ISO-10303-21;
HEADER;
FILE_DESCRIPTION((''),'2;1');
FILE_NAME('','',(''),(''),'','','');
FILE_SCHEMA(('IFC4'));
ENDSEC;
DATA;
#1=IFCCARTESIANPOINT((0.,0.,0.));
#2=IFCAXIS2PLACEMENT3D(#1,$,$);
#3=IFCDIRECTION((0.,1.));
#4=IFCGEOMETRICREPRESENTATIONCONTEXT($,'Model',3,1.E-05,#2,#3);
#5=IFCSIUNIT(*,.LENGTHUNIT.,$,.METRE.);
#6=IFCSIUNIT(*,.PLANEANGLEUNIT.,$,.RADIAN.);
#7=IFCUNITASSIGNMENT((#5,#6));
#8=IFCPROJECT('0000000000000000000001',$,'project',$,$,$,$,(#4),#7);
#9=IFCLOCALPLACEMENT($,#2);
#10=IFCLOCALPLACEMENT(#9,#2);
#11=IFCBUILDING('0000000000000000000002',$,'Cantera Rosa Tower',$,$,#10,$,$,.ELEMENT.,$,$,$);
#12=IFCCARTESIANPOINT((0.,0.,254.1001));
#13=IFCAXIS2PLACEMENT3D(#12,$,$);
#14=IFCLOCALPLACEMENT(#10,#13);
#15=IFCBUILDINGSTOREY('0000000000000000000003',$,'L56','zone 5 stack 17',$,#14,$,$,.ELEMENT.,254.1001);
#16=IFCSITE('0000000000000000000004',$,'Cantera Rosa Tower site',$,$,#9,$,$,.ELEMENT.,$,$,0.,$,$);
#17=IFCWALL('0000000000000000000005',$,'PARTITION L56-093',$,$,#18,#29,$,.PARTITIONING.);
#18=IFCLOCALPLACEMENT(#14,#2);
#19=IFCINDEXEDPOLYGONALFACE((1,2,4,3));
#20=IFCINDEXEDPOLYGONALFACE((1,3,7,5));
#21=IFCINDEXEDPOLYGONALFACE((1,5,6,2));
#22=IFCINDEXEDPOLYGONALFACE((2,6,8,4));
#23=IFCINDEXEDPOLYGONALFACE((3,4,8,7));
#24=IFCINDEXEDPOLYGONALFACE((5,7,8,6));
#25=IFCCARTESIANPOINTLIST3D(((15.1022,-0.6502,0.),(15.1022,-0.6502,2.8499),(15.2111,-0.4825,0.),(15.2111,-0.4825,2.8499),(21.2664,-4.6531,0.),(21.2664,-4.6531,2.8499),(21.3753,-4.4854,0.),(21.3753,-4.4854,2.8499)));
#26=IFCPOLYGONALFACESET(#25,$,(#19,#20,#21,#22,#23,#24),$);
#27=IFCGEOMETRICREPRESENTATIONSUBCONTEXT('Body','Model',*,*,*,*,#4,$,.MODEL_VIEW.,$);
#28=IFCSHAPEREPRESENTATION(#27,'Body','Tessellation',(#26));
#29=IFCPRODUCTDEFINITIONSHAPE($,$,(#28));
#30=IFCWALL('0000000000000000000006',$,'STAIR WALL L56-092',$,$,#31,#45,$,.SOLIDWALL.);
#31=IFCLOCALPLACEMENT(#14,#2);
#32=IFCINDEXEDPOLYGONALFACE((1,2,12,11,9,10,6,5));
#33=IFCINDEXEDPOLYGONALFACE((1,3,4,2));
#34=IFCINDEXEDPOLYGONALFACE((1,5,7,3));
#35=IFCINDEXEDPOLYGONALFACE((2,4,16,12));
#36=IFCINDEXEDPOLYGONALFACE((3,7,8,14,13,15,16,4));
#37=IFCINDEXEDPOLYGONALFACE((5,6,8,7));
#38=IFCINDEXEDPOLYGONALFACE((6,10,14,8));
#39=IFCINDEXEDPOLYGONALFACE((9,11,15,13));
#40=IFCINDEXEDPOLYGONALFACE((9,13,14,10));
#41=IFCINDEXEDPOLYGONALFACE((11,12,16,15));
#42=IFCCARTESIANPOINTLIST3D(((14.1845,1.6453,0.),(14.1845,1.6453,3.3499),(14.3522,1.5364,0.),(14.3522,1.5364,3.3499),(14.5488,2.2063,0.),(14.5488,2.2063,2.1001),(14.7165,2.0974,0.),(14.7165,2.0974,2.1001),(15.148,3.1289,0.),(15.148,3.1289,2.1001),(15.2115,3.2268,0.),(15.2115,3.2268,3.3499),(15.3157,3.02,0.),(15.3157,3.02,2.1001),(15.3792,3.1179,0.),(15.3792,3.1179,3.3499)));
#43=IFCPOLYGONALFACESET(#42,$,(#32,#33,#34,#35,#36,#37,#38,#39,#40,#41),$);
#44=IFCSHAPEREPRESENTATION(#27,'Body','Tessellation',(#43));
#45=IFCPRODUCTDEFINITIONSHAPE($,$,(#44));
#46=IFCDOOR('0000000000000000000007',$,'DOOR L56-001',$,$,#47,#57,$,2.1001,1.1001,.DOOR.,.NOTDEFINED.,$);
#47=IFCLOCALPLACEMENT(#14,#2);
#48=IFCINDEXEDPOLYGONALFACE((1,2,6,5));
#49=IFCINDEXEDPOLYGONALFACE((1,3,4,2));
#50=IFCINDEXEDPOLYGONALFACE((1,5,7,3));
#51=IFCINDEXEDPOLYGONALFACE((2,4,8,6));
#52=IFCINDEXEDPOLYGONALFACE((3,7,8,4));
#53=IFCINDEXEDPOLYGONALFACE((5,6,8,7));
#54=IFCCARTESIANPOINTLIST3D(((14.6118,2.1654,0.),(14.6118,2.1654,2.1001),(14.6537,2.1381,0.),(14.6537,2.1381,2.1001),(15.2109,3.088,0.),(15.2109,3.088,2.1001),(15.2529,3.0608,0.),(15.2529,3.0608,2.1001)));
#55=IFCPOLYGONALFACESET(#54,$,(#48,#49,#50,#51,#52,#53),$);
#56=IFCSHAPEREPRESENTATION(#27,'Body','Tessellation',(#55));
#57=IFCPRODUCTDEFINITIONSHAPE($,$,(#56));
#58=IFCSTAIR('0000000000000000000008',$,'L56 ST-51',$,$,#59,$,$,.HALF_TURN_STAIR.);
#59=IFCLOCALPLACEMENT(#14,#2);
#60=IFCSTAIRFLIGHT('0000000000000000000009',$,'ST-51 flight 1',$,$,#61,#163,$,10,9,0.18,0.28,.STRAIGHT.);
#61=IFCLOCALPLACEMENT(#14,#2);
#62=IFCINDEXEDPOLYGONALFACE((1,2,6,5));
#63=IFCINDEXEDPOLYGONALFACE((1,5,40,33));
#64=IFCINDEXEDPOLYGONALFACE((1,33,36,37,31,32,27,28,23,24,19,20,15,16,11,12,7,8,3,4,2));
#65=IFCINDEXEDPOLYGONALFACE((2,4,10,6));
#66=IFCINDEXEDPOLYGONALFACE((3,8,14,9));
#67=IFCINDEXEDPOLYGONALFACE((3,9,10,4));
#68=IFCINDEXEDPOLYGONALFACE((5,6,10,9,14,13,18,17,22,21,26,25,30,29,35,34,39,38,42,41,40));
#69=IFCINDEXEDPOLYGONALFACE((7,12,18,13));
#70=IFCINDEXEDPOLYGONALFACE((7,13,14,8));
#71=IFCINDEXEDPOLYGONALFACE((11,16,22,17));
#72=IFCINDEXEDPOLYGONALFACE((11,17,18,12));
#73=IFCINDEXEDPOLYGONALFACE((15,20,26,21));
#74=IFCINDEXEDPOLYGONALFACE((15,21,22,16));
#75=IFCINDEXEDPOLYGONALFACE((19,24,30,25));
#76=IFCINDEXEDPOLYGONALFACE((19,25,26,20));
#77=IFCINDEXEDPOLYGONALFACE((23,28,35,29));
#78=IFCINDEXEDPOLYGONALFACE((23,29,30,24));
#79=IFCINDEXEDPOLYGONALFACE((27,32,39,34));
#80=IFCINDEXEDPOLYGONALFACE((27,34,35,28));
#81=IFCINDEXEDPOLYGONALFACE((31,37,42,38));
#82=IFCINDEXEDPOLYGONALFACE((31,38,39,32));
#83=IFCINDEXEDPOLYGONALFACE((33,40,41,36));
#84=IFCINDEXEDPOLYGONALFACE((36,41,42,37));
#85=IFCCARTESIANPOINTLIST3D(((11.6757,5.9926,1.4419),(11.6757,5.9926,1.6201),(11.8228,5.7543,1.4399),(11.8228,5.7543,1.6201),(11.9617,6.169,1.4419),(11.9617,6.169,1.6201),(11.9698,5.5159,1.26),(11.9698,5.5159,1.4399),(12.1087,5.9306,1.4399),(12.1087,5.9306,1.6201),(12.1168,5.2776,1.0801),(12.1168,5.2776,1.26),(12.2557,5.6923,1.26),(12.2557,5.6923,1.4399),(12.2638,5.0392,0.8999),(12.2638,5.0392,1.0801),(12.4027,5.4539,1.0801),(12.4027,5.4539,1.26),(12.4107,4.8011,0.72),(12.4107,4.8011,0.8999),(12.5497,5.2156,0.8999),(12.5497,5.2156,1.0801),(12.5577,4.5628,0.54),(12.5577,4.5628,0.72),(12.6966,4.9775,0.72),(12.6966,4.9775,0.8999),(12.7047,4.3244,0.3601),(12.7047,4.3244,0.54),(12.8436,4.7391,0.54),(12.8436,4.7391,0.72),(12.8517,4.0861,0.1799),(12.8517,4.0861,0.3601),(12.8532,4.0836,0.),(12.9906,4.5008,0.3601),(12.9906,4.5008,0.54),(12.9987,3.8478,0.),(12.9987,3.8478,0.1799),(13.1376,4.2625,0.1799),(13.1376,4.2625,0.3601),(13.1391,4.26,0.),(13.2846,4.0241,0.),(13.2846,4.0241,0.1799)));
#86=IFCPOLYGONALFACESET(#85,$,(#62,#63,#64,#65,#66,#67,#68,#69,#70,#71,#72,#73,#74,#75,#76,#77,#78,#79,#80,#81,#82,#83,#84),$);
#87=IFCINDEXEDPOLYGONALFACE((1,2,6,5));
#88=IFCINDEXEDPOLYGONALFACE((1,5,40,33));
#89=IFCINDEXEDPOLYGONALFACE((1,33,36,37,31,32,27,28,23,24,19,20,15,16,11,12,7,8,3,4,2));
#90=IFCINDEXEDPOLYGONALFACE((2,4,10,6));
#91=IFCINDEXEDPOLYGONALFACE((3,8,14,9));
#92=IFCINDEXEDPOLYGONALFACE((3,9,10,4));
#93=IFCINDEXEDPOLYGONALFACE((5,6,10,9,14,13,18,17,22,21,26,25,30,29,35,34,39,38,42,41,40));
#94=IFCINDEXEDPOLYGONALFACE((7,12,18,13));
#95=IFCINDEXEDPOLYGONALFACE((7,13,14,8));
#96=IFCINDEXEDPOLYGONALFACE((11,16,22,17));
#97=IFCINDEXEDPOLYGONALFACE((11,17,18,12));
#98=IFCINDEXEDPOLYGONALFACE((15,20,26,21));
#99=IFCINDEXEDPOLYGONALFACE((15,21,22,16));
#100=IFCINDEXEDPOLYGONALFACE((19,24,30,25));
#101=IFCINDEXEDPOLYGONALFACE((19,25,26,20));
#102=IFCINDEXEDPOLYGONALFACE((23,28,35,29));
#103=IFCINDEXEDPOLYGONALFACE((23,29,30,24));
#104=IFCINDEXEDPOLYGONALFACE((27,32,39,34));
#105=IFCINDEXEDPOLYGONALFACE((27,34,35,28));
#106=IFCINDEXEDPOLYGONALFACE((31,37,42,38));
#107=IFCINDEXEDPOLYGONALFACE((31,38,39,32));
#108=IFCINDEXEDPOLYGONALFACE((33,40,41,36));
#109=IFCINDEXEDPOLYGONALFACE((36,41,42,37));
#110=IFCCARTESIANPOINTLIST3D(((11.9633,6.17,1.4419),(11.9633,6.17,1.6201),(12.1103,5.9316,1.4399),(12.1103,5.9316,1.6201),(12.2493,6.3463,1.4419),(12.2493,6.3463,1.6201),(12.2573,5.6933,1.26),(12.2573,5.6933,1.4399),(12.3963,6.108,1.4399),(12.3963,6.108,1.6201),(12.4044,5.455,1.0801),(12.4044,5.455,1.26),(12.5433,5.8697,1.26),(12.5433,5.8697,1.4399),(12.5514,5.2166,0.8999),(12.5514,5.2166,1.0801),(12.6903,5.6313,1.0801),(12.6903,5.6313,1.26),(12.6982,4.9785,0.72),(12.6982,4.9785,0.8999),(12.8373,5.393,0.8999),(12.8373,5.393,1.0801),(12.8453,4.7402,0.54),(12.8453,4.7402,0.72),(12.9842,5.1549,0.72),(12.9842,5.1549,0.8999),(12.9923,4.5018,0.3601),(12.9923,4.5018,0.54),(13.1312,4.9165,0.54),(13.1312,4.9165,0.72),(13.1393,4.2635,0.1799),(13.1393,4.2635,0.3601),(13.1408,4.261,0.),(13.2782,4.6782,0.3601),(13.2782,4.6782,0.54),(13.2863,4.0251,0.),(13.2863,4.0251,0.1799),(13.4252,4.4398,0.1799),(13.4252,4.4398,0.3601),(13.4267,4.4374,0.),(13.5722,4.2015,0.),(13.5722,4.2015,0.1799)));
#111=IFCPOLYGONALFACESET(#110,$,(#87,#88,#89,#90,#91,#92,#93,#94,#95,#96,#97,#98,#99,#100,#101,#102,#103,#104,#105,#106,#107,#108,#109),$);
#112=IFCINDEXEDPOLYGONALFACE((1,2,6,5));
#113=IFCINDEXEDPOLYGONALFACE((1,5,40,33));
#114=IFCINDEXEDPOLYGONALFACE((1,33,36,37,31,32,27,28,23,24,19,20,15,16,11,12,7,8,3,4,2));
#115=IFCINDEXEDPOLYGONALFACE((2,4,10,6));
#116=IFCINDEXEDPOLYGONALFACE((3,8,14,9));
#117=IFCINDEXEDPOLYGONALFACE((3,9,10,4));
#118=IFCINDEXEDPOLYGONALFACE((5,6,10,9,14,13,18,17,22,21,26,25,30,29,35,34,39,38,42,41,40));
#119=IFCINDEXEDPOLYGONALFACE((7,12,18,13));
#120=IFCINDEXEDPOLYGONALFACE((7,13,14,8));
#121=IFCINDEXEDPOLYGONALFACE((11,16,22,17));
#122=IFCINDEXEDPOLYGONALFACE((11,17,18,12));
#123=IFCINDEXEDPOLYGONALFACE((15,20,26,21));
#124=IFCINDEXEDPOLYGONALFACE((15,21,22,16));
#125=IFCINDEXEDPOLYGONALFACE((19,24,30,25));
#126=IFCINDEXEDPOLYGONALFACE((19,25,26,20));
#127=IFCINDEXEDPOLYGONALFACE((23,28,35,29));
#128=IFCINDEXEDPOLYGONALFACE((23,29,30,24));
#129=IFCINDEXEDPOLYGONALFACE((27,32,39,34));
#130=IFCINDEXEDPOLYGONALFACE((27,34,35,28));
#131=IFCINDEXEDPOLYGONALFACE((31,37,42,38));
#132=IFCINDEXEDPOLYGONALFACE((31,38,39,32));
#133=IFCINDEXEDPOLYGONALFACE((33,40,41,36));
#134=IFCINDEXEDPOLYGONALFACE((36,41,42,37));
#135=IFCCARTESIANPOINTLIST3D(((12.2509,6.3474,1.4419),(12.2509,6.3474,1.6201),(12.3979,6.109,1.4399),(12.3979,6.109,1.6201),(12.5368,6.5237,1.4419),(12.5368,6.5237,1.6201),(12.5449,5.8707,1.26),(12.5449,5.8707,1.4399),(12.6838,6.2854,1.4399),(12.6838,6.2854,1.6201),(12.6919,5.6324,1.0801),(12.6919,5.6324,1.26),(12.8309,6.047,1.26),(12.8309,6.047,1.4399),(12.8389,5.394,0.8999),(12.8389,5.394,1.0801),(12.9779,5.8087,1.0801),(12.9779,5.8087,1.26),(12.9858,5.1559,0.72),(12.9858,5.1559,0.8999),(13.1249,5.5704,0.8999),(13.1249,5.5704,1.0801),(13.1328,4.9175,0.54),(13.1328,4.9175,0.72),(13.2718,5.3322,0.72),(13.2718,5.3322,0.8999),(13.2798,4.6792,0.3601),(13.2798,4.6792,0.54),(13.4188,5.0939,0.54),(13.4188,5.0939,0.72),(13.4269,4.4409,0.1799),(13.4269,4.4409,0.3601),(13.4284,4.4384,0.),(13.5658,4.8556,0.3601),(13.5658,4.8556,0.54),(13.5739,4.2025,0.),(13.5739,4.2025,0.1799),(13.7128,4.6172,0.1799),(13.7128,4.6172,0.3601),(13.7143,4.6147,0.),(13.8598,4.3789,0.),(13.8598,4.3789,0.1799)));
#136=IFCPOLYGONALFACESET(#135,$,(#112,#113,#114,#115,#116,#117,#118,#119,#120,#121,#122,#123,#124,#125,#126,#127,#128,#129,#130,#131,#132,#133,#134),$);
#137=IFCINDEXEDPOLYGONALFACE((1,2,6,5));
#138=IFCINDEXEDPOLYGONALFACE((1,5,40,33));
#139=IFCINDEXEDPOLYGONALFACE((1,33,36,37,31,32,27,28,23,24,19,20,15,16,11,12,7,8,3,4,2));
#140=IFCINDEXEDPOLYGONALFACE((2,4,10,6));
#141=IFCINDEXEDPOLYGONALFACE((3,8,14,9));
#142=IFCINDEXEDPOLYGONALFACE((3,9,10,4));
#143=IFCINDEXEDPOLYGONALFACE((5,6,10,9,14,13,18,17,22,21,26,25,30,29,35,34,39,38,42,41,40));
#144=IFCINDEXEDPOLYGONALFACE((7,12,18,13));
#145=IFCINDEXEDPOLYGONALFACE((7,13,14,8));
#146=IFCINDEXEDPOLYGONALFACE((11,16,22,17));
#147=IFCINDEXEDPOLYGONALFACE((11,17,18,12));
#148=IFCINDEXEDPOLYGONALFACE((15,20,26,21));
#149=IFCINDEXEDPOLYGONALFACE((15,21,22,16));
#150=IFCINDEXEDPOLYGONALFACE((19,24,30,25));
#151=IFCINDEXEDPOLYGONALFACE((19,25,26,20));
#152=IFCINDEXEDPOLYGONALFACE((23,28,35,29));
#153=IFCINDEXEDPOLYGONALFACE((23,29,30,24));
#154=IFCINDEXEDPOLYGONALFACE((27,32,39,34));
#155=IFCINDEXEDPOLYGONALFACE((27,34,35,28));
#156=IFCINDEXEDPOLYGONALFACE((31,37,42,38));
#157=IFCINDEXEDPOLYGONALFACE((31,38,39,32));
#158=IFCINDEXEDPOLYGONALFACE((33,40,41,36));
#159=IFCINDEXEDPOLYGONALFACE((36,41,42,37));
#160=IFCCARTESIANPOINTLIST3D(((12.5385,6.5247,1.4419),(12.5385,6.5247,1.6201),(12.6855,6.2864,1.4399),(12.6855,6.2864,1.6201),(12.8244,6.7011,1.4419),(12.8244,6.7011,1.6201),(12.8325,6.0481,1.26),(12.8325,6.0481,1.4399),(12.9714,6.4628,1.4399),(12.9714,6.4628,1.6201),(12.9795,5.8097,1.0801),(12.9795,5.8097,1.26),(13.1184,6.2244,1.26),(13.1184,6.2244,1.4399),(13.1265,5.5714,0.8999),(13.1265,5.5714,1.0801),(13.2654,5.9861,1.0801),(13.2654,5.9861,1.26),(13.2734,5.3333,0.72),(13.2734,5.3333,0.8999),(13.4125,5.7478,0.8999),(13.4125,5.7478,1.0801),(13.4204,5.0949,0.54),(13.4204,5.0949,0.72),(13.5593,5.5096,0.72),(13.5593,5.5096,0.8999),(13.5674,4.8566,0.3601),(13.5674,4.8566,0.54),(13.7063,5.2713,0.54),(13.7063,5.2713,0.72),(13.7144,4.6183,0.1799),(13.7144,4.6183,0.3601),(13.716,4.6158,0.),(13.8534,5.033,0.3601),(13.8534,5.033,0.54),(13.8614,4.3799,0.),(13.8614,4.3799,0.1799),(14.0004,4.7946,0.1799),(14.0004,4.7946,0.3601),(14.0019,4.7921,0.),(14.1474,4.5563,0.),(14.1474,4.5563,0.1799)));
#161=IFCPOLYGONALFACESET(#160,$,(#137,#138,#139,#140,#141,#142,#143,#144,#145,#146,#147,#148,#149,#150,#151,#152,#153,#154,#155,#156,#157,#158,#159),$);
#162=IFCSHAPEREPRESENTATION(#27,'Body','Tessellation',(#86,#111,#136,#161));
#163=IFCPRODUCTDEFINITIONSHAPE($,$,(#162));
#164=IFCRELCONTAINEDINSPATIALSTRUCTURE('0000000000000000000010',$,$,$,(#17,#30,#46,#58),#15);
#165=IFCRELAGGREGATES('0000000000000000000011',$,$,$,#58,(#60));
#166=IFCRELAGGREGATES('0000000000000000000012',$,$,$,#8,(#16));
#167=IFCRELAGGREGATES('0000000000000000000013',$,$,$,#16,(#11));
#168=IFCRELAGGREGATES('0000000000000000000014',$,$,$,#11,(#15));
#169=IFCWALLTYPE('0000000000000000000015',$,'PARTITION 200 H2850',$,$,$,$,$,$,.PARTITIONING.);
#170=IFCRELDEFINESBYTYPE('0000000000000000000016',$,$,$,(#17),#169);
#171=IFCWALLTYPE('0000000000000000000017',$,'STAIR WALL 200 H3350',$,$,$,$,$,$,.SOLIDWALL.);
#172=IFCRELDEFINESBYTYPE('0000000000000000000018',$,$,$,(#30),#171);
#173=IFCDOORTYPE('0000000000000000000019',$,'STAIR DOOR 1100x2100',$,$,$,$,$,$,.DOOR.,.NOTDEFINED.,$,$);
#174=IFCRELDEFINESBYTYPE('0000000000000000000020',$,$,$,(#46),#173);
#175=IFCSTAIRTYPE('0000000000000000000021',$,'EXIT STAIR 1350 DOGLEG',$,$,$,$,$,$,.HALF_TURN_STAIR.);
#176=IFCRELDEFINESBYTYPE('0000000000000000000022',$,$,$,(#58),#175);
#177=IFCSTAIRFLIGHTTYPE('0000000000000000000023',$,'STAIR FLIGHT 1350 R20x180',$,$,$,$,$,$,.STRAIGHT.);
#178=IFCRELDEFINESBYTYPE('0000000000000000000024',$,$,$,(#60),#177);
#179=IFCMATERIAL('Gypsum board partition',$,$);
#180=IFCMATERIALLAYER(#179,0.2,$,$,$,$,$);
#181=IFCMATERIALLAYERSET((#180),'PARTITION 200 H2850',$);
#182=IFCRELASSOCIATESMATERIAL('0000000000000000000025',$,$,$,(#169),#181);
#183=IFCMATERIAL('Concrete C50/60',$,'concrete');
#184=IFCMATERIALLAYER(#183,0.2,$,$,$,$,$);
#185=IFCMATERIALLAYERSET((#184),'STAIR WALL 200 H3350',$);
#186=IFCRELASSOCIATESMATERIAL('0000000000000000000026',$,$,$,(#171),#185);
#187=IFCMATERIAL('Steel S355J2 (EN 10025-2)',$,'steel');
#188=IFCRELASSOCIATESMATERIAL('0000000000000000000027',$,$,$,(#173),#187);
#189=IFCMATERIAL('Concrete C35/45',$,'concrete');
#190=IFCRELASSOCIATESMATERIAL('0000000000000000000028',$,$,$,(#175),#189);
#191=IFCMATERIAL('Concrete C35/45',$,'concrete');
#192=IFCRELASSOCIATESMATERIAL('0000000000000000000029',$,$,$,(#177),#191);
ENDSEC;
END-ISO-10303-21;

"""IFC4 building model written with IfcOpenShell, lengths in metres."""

from ifc_helpers import new_model, si_unit, direction, frame, frame_2d, origin, place, context, subcontext, project, spatial, polyline, rectangle, outline, extrude, material, layer, layer_set, type_object, element, fill, aggregate, save


model = new_model("IFC4")

# Units and contexts
model_context = context("Model", 3, precision=1e-05, world=origin(), true_north=direction((0.0, 1.0)))
body_context = subcontext(model_context, "Body", "Model", "MODEL_VIEW")
ifc_project = project(units=[si_unit("LENGTHUNIT", "METRE"), si_unit("PLANEANGLEUNIT", "RADIAN")], contexts=[model_context])

# Site, building, storey
site_placement = place(None, origin())
site = spatial("IfcSite", under=ifc_project, at=site_placement, Name="Cantera Rosa Tower site", CompositionType="ELEMENT", RefElevation=0.0)
building_placement = place(site_placement, origin())
building = spatial("IfcBuilding", under=site, at=building_placement, Name="Cantera Rosa Tower", CompositionType="ELEMENT")
storey_placement = place(building_placement, frame((0.0, 0.0, 254.1001)))
storey = spatial("IfcBuildingStorey", under=building, at=storey_placement, Name="L56", Description="zone 5 stack 17", CompositionType="ELEMENT", Elevation=254.1001)

# Wall
ifc_material_1 = material(Name="Gypsum board partition")
ifc_layer_1 = layer(ifc_material_1, 0.2)
ifc_layer_set_1 = layer_set([ifc_layer_1], Name="PARTITION 200 H2850")
wall_type_1 = type_object("IfcWallType", Name="PARTITION 200 H2850", PredefinedType="PARTITIONING", material=ifc_layer_set_1)
wall_1_placement = place(storey_placement, frame((15.1567, -0.5664, 0.0), z_axis=(0.0, 0.0, 1.0), x_axis=(0.838684, -0.544618, 0.0)))
element("IfcWall", 1, at=wall_1_placement, inside=storey, type_object=wall_type_1, Name="PARTITION L56-093", PredefinedType="PARTITIONING", context=body_context, shape_type="SweptSolid", body=[
    extrude(rectangle(XDim=7.3499, YDim=0.2, at=frame_2d((3.6748, 0.0))), origin(), (0.0, 0.0, 1.0), 2.8499),
])

# Wall, opening, door
ifc_material_2 = material(Name="Concrete C50/60", Category="concrete")
ifc_layer_2 = layer(ifc_material_2, 0.2)
ifc_layer_set_2 = layer_set([ifc_layer_2], Name="STAIR WALL 200 H3350")
wall_type_2 = type_object("IfcWallType", Name="STAIR WALL 200 H3350", PredefinedType="SOLIDWALL", material=ifc_layer_set_2)
wall_2_placement = place(storey_placement, frame((14.2683, 1.5908, 0.0), z_axis=(0.0, 0.0, 1.0), x_axis=(0.544652, 0.838662, 0.0)))
wall_2 = element("IfcWall", 2, at=wall_2_placement, inside=storey, type_object=wall_type_2, Name="STAIR WALL L56-092", PredefinedType="SOLIDWALL", context=body_context, shape_type="SweptSolid", body=[
    extrude(rectangle(XDim=1.8857, YDim=0.2, at=frame_2d((0.9429, 0.0))), origin(), (0.0, 0.0, 1.0), 3.3499),
])
opening_1_placement = place(wall_2_placement, frame((0.6689, 0.0, 0.0)))
opening_1 = element("IfcOpeningElement", 3, at=opening_1_placement, cuts=wall_2, PredefinedType="OPENING", context=body_context, shape_type="SweptSolid", body=[
    extrude(rectangle(XDim=1.1001, YDim=2.1001, at=frame_2d((0.55, 1.05))), frame((0.0, 0.1099, 0.0), z_axis=(0.0, -1.0, 0.0), x_axis=(1.0, 0.0, 0.0)), (0.0, 0.0, 1.0), 0.22),
])
ifc_material_3 = material(Name="Steel S355J2 (EN 10025-2)", Category="steel")
door_type_1 = type_object("IfcDoorType", Name="STAIR DOOR 1100x2100", OperationType="NOTDEFINED", PredefinedType="DOOR", material=ifc_material_3)
door_1_placement = place(opening_1_placement, origin())
door_1 = element("IfcDoor", 4, at=door_1_placement, inside=storey, type_object=door_type_1, Name="DOOR L56-001", OperationType="NOTDEFINED", OverallHeight=2.1001, OverallWidth=1.1001, PredefinedType="DOOR", context=body_context, shape_type="SweptSolid", body=[
    extrude(rectangle(XDim=1.1001, YDim=2.1001, at=frame_2d((0.55, 1.05))), frame((0.0, 0.0249, 0.0), z_axis=(0.0, -1.0, 0.0), x_axis=(1.0, 0.0, 0.0)), (0.0, 0.0, 1.0), 0.05),
])
fill(opening_1, door_1)

# Stair, stair flight
ifc_material_4 = material(Name="Concrete C35/45", Category="concrete")
stair_type = type_object("IfcStairType", Name="EXIT STAIR 1350 DOGLEG", PredefinedType="HALF_TURN_STAIR", material=ifc_material_4)
stair_placement = place(storey_placement, origin())
stair = element("IfcStair", 5, at=stair_placement, inside=storey, type_object=stair_type, Name="L56 ST-51", PredefinedType="HALF_TURN_STAIR")
ifc_material_5 = material(Name="Concrete C35/45", Category="concrete")
stair_flight_type = type_object("IfcStairFlightType", Name="STAIR FLIGHT 1350 R20x180", PredefinedType="STRAIGHT", material=ifc_material_5)
stair_flight_placement = place(storey_placement, frame((13.5732, 4.2021, 0.0), z_axis=(0.0, 0.0, 1.0), x_axis=(-0.524977, 0.851117, 0.0)))
stair_flight = element("IfcStairFlight", 6, at=stair_flight_placement, type_object=stair_flight_type, Name="ST-51 flight 1", NumberOfRisers=10, NumberOfTreads=9, PredefinedType="STRAIGHT", RiserHeight=0.18, TreadLength=0.28, context=body_context, shape_type="SweptSolid", body=[
    extrude(outline(polyline([(0.0, 0.0), (0.0, 0.1799), (0.28, 0.1799), (0.28, 0.3601), (0.5601, 0.3601), (0.5601, 0.54), (0.8401, 0.54), (0.8401, 0.72), (1.1201, 0.72), (1.1201, 0.8999), (1.3999, 0.8999), (1.3999, 1.0801), (1.6799, 1.0801), (1.6799, 1.26), (1.96, 1.26), (1.96, 1.4399), (2.24, 1.4399), (2.24, 1.6201), (2.52, 1.6201), (2.52, 1.8), (2.52, 1.4419), (0.2771, 0.0), (0.0, 0.0)])), frame((0.0, 0.675, 0.0), z_axis=(0.0, -1.0, 0.0), x_axis=(1.0, 0.0, 0.0)), (0.0, 0.0, 1.0), 0.3359),
    extrude(outline(polyline([(0.0, 0.0), (0.0, 0.1799), (0.28, 0.1799), (0.28, 0.3601), (0.5601, 0.3601), (0.5601, 0.54), (0.8401, 0.54), (0.8401, 0.72), (1.1201, 0.72), (1.1201, 0.8999), (1.3999, 0.8999), (1.3999, 1.0801), (1.6799, 1.0801), (1.6799, 1.26), (1.96, 1.26), (1.96, 1.4399), (2.24, 1.4399), (2.24, 1.6201), (2.52, 1.6201), (2.52, 1.8), (2.52, 1.4419), (0.2771, 0.0), (0.0, 0.0)])), frame((0.0, 0.3372, 0.0), z_axis=(0.0, -1.0, 0.0), x_axis=(1.0, 0.0, 0.0)), (0.0, 0.0, 1.0), 0.3359),
    extrude(outline(polyline([(0.0, 0.0), (0.0, 0.1799), (0.28, 0.1799), (0.28, 0.3601), (0.5601, 0.3601), (0.5601, 0.54), (0.8401, 0.54), (0.8401, 0.72), (1.1201, 0.72), (1.1201, 0.8999), (1.3999, 0.8999), (1.3999, 1.0801), (1.6799, 1.0801), (1.6799, 1.26), (1.96, 1.26), (1.96, 1.4399), (2.24, 1.4399), (2.24, 1.6201), (2.52, 1.6201), (2.52, 1.8), (2.52, 1.4419), (0.2771, 0.0), (0.0, 0.0)])), frame((0.0, -0.0007, 0.0), z_axis=(0.0, -1.0, 0.0), x_axis=(1.0, 0.0, 0.0)), (0.0, 0.0, 1.0), 0.3359),
    extrude(outline(polyline([(0.0, 0.0), (0.0, 0.1799), (0.28, 0.1799), (0.28, 0.3601), (0.5601, 0.3601), (0.5601, 0.54), (0.8401, 0.54), (0.8401, 0.72), (1.1201, 0.72), (1.1201, 0.8999), (1.3999, 0.8999), (1.3999, 1.0801), (1.6799, 1.0801), (1.6799, 1.26), (1.96, 1.26), (1.96, 1.4399), (2.24, 1.4399), (2.24, 1.6201), (2.52, 1.6201), (2.52, 1.8), (2.52, 1.4419), (0.2771, 0.0), (0.0, 0.0)])), frame((0.0, -0.3386, 0.0), z_axis=(0.0, -1.0, 0.0), x_axis=(1.0, 0.0, 0.0)), (0.0, 0.0, 1.0), 0.3359),
])
aggregate(stair, [stair_flight])

save(model, "model.ifc")
